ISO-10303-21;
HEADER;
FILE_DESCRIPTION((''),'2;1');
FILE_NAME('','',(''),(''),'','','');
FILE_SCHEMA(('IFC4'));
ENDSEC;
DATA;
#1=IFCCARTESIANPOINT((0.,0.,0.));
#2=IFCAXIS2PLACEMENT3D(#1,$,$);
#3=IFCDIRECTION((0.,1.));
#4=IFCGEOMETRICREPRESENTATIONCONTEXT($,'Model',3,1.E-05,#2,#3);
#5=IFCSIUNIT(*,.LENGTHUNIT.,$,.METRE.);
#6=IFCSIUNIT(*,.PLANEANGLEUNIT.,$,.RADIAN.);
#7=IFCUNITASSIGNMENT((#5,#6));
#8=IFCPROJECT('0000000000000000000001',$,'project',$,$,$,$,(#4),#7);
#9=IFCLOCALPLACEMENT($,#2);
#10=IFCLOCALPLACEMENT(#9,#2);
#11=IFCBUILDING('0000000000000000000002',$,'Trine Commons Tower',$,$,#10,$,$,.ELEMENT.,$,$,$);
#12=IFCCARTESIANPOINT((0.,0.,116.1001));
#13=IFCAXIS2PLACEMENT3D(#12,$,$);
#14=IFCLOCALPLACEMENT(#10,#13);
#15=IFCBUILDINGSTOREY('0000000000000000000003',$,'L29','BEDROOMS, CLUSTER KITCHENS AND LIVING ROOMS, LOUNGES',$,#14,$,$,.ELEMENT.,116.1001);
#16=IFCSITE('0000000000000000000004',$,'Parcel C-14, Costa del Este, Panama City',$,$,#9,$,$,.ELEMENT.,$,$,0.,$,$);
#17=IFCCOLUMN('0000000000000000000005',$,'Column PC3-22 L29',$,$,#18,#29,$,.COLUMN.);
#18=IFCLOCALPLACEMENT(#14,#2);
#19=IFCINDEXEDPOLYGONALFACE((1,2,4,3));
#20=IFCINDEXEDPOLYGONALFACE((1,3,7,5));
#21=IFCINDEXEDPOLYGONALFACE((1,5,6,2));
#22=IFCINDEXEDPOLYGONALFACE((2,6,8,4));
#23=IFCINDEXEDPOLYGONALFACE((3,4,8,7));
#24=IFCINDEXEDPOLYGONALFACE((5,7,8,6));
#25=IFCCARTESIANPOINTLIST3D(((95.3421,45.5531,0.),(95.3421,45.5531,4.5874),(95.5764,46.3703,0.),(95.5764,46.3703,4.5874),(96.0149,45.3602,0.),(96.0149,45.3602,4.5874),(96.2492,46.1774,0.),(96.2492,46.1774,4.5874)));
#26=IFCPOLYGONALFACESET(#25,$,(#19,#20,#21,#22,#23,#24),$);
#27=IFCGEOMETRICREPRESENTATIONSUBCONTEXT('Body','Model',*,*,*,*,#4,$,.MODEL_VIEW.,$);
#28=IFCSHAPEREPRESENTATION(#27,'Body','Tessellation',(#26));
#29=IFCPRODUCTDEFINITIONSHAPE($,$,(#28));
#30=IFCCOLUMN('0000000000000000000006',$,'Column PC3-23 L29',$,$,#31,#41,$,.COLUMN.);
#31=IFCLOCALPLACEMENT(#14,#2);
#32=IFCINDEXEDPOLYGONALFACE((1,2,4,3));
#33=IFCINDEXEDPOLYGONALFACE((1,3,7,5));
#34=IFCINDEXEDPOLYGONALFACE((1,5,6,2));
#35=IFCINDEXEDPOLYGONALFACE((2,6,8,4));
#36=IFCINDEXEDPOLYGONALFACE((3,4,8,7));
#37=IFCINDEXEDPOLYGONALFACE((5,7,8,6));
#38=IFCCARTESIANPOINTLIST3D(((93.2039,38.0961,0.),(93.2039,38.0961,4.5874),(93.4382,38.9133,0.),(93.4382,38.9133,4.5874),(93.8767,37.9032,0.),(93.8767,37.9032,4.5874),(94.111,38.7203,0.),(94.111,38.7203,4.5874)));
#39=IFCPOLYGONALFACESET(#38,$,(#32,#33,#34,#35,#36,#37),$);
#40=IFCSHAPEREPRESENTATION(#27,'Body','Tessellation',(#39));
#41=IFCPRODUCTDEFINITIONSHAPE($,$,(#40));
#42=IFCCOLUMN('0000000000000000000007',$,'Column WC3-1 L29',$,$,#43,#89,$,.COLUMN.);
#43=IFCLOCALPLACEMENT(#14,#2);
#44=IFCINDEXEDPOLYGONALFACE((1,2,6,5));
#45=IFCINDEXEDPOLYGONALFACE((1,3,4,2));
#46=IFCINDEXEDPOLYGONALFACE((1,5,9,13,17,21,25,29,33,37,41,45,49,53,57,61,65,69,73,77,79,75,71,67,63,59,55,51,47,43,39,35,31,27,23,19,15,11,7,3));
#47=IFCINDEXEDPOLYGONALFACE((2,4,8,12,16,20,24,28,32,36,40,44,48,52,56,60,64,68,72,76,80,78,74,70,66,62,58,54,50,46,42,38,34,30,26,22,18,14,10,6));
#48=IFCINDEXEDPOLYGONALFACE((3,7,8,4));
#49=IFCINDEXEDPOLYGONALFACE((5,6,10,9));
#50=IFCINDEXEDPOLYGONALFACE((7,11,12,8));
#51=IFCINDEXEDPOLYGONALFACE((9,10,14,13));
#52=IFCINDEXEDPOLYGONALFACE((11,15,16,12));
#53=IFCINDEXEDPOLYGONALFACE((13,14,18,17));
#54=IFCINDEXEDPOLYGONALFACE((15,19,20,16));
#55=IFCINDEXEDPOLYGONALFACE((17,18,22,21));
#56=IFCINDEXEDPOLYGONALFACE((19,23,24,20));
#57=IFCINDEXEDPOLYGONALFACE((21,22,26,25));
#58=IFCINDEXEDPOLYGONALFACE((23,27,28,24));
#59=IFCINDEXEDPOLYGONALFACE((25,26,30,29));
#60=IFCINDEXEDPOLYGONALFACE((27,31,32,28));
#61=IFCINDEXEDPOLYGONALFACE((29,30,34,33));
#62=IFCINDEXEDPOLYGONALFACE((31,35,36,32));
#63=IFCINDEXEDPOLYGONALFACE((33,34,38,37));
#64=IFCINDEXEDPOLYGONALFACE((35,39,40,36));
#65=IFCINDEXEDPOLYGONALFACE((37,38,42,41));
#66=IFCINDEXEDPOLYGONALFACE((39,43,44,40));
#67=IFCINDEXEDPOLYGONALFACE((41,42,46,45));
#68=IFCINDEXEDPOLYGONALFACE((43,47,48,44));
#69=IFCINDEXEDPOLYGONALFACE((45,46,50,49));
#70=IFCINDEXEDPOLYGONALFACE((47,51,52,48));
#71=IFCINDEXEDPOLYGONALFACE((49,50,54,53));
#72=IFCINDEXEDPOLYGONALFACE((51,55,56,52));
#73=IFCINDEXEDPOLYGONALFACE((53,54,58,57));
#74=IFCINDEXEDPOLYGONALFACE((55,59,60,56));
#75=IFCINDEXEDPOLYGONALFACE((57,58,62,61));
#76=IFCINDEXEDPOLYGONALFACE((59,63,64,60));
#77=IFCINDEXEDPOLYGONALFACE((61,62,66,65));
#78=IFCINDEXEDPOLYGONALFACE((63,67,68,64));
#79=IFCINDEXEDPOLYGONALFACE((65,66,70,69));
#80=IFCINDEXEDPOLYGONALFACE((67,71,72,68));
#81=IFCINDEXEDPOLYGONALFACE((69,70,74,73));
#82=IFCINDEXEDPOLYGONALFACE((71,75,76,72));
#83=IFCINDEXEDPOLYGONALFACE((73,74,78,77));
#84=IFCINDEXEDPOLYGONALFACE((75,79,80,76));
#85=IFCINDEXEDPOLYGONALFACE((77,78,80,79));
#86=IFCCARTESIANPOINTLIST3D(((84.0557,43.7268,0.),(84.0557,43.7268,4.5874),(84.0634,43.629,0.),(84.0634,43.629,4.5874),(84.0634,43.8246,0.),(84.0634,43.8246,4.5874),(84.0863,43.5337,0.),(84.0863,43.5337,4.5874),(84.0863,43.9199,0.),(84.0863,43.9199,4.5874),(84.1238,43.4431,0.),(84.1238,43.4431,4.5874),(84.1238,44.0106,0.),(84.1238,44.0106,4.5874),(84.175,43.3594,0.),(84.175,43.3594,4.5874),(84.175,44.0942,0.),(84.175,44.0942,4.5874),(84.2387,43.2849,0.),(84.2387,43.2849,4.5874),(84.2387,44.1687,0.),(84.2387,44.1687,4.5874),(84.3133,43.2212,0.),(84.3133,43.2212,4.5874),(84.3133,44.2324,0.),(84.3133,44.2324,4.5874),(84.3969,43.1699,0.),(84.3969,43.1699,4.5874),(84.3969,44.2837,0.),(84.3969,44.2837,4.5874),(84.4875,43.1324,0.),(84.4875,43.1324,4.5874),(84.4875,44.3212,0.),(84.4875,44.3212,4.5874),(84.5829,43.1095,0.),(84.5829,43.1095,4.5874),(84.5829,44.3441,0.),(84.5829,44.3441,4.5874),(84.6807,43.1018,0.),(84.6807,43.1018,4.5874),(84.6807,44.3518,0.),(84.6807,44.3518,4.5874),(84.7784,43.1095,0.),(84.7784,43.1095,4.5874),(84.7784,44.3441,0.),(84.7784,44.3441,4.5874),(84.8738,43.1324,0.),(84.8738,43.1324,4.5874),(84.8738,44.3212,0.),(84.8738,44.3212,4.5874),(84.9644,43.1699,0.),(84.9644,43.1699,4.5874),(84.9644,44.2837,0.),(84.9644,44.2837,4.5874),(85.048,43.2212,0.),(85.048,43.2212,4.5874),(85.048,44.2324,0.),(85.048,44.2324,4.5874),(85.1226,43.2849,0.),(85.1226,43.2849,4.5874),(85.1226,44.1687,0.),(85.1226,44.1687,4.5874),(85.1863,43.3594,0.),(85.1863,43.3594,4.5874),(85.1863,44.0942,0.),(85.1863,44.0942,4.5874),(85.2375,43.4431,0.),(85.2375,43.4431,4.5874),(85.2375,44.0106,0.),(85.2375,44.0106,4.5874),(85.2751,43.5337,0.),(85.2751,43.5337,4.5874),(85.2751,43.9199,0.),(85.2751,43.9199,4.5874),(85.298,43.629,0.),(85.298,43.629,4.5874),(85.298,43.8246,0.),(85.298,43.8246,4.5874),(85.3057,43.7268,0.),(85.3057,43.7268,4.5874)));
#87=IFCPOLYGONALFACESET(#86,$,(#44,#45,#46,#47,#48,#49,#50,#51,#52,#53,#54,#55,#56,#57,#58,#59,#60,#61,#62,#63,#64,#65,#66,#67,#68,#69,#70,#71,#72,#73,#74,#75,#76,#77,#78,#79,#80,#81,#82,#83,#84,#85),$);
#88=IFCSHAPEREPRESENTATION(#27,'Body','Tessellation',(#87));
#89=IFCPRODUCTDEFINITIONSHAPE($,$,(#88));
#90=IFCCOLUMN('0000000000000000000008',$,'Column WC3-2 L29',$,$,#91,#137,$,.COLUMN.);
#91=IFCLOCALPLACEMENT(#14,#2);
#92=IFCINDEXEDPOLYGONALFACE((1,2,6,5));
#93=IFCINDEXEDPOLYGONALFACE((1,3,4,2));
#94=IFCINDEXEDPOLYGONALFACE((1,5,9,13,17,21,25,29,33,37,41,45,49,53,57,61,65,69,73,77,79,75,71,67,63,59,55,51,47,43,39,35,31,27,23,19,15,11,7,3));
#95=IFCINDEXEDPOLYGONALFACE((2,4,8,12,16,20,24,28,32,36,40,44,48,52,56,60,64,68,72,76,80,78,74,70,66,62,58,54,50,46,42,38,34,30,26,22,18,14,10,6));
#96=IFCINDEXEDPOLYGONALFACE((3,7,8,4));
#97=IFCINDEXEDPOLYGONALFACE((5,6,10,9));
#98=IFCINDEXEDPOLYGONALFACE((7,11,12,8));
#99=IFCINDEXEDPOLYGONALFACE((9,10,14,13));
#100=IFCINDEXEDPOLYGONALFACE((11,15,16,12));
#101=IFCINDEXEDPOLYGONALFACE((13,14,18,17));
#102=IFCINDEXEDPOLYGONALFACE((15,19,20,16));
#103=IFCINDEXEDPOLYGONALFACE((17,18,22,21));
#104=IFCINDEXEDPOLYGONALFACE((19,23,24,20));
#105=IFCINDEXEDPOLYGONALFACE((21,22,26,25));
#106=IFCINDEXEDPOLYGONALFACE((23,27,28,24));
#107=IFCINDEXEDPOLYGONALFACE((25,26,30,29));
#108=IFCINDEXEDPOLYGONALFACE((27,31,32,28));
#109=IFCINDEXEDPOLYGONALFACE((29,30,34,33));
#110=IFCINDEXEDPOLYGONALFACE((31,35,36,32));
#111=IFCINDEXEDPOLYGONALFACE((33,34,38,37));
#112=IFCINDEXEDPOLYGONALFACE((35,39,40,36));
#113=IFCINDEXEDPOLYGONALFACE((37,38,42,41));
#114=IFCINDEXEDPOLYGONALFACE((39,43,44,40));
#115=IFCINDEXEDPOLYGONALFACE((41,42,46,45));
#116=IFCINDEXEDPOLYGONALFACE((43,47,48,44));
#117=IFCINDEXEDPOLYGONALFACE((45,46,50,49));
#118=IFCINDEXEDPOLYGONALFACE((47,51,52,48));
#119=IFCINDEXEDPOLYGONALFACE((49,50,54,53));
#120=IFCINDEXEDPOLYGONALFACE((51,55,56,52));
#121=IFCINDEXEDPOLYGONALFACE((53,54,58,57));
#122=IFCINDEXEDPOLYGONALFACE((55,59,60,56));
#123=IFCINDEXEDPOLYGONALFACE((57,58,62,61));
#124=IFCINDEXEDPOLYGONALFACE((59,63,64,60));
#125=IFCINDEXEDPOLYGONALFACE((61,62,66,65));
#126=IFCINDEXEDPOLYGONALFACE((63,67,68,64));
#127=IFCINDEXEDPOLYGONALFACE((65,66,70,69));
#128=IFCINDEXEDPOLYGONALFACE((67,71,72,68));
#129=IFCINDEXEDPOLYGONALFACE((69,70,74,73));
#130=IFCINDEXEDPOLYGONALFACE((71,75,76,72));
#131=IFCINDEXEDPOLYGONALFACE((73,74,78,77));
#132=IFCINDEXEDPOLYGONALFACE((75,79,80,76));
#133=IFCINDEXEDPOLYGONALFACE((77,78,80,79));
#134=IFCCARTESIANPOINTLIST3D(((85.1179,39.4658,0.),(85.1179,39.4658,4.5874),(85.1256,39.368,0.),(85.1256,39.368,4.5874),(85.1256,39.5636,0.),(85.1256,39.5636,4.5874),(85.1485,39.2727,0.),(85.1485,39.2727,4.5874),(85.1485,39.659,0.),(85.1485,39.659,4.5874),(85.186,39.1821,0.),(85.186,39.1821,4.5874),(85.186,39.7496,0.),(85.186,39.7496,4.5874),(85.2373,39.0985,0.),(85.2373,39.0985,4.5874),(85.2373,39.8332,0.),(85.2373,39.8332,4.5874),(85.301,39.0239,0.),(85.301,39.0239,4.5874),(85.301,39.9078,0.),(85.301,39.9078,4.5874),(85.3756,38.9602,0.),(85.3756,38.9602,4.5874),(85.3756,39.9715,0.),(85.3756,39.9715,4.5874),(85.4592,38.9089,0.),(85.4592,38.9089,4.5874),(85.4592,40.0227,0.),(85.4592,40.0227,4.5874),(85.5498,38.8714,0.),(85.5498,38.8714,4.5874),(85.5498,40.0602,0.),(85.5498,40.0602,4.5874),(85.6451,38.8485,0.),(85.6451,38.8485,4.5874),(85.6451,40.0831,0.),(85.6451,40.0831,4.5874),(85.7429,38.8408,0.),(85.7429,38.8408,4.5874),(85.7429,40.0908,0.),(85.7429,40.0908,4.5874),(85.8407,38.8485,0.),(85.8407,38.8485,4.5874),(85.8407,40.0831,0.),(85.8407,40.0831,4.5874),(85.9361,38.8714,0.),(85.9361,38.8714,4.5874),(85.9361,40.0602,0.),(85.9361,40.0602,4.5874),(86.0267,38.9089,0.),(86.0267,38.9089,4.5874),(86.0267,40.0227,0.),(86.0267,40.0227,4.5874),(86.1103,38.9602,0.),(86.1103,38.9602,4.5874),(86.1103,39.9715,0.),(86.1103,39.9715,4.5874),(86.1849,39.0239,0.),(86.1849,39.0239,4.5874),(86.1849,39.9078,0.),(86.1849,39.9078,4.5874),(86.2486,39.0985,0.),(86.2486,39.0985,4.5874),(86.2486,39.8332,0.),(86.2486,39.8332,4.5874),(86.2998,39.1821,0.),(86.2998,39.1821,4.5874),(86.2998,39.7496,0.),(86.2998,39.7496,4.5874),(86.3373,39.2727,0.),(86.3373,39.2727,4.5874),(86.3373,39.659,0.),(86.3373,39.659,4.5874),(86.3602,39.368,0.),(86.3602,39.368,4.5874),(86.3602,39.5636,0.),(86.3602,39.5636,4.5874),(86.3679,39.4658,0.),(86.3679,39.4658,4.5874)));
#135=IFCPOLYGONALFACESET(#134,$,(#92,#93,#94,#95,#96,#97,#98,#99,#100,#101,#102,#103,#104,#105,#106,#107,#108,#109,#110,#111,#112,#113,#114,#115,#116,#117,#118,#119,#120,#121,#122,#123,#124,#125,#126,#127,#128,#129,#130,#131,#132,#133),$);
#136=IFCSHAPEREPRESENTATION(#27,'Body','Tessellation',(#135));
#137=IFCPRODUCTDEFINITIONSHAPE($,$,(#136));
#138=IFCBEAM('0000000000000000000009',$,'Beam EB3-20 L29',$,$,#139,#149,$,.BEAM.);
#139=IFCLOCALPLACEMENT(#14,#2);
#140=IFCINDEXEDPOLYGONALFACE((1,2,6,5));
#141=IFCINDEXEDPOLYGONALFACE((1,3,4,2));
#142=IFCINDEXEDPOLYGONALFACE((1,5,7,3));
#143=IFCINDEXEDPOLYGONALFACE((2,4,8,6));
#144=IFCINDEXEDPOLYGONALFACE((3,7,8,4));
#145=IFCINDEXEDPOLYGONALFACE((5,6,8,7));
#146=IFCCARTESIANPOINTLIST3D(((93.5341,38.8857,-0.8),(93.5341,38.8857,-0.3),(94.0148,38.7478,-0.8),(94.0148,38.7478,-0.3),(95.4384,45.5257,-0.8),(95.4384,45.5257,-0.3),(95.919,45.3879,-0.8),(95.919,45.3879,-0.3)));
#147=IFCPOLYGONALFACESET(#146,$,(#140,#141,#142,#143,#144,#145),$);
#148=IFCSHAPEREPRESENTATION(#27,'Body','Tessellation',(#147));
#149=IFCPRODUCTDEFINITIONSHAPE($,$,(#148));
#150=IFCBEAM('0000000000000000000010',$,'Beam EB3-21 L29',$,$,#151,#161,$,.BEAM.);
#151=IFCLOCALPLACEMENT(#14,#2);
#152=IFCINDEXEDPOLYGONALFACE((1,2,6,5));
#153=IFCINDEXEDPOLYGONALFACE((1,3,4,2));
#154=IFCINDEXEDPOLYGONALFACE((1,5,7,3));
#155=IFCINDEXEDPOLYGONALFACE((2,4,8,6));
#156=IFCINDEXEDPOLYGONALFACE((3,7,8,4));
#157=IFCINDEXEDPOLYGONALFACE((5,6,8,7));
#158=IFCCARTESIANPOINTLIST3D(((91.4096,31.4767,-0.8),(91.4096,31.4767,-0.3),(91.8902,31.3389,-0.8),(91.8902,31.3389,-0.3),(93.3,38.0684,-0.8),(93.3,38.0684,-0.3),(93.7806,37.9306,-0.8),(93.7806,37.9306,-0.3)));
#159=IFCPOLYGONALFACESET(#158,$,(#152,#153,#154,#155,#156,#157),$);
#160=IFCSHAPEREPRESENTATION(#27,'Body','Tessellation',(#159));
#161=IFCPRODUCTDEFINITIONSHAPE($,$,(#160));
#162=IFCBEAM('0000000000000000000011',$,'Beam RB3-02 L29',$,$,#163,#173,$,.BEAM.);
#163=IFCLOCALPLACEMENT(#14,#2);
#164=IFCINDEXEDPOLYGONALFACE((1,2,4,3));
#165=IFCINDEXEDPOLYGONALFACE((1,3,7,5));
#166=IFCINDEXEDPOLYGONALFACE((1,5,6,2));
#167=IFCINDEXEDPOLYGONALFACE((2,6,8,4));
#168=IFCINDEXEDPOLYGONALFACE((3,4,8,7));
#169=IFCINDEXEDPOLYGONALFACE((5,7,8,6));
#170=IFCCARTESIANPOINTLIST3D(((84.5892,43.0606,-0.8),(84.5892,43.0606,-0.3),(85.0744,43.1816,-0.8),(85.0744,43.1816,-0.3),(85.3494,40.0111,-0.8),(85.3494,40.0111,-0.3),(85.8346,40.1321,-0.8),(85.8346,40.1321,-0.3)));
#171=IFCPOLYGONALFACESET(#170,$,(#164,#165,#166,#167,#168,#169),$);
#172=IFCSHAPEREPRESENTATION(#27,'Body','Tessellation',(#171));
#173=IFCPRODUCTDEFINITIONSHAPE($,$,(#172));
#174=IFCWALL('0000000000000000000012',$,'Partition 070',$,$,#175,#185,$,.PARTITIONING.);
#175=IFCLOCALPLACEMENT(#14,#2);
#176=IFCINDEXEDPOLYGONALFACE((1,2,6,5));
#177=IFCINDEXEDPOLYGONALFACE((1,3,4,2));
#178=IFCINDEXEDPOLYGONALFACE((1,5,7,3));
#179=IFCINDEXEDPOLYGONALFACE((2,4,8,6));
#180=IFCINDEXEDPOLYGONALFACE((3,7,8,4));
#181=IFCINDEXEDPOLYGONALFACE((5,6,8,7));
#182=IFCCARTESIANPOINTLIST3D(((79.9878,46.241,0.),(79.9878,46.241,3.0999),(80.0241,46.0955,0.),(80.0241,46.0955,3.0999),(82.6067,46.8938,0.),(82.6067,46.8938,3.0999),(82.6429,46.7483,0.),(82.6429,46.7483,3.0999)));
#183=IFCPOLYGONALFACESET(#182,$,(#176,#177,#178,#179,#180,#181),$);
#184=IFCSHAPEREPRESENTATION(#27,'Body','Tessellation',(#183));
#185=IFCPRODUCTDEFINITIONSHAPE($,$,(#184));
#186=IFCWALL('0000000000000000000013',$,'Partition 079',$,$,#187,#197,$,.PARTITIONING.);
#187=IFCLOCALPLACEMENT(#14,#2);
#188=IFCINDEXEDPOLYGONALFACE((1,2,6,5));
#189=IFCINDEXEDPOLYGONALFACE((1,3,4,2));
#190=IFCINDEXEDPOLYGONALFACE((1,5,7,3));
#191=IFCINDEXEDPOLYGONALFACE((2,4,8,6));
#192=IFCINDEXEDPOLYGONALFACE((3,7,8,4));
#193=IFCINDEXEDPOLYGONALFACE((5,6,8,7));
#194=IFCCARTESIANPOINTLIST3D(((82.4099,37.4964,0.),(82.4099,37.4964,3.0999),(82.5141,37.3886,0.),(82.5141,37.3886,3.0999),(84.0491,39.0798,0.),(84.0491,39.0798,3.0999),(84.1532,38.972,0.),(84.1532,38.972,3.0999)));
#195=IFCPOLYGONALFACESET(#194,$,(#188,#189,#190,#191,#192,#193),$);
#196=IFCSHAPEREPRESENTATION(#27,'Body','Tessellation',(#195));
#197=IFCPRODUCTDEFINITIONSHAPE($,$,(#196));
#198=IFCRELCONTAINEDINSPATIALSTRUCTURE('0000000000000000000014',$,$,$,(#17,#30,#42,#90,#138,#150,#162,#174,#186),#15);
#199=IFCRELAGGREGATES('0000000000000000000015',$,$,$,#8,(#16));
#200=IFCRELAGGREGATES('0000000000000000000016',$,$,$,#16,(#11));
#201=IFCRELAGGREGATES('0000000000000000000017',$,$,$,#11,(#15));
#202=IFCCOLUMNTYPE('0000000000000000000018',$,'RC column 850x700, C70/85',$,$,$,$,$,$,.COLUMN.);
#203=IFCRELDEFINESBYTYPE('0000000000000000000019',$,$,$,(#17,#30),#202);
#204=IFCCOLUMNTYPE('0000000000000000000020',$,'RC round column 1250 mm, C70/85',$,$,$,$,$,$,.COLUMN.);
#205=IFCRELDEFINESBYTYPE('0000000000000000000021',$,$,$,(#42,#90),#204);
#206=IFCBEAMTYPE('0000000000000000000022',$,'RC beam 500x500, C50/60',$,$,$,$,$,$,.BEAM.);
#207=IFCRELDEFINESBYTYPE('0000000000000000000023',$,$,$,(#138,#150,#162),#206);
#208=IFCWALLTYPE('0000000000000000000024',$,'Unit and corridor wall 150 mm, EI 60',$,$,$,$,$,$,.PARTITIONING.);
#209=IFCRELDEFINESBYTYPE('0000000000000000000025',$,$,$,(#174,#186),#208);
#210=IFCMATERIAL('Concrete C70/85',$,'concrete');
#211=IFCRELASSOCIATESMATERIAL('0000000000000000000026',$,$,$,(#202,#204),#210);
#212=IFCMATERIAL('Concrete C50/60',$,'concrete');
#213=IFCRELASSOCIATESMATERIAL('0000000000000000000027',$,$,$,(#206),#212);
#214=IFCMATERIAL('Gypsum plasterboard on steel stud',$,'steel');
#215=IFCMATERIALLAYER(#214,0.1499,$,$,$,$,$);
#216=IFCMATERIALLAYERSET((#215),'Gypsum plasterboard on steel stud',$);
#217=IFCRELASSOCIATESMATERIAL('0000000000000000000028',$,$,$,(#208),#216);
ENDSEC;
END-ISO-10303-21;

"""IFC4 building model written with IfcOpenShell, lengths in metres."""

from ifc_helpers import new_model, si_unit, direction, frame, frame_2d, origin, origin_2d, place, context, subcontext, project, spatial, rectangle, circle, extrude, material, layer, layer_set, material_profile, profile_set, type_object, element, save


model = new_model("IFC4")

# Units and contexts
model_context = context("Model", 3, precision=1e-05, world=origin(), true_north=direction((0.0, 1.0)))
body_context = subcontext(model_context, "Body", "Model", "MODEL_VIEW")
ifc_project = project(units=[si_unit("LENGTHUNIT", "METRE"), si_unit("PLANEANGLEUNIT", "RADIAN")], contexts=[model_context])

# Site, building, storey
site_placement = place(None, origin())
site = spatial("IfcSite", under=ifc_project, at=site_placement, Name="Parcel C-14, Costa del Este, Panama City", CompositionType="ELEMENT", RefElevation=0.0)
building_placement = place(site_placement, origin())
building = spatial("IfcBuilding", under=site, at=building_placement, Name="Trine Commons Tower", CompositionType="ELEMENT")
storey_placement = place(building_placement, frame((0.0, 0.0, 116.1001)))
storey = spatial("IfcBuildingStorey", under=building, at=storey_placement, Name="L29", Description="BEDROOMS, CLUSTER KITCHENS AND LIVING ROOMS, LOUNGES", CompositionType="ELEMENT", Elevation=116.1001)

# Columns
ifc_material_1 = material(Name="Concrete C70/85", Category="concrete")
ifc_material_profile_1 = material_profile(ifc_material_1, rectangle(XDim=0.8501, YDim=0.7, at=origin_2d()), Name="RC 850x700")
ifc_profile_set_1 = profile_set([ifc_material_profile_1], Name="Concrete C70/85")
column_type_1 = type_object("IfcColumnType", Name="RC column 850x700, C70/85", PredefinedType="COLUMN", material=ifc_profile_set_1)
for number, where, z_axis, x_axis, name in (
    (1, (95.7957, 45.8652, 0.0), (0.0, 0.0, 1.0), (0.275637, 0.961262, 0.0), "Column PC3-22 L29"),
    (2, (93.6575, 38.4082, 0.0), (0.0, 0.0, 1.0), (0.275637, 0.961262, 0.0), "Column PC3-23 L29"),
):
    element("IfcColumn", number, at=place(storey_placement, frame(where, z_axis=z_axis, x_axis=x_axis)), inside=storey, type_object=column_type_1, Name=name, PredefinedType="COLUMN", context=body_context, shape_type="SweptSolid", body=[
        extrude(rectangle(XDim=0.8501, YDim=0.7, at=origin_2d()), origin(), (0.0, 0.0, 1.0), 4.5874),
    ])
ifc_material_profile_2 = material_profile(ifc_material_1, circle(Radius=0.625, at=origin_2d()), Name="RC round 1250")
ifc_profile_set_2 = profile_set([ifc_material_profile_2], Name="Concrete C70/85")
column_type_2 = type_object("IfcColumnType", Name="RC round column 1250 mm, C70/85", PredefinedType="COLUMN", material=ifc_profile_set_2)
for number, where, z_axis, x_axis, name in (
    (3, (84.6807, 43.7268, 0.0), (0.0, 0.0, 1.0), (1.0, 0.0, 0.0), "Column WC3-1 L29"),
    (4, (85.7429, 39.4658, 0.0), (0.0, 0.0, 1.0), (1.0, 0.0, 0.0), "Column WC3-2 L29"),
):
    element("IfcColumn", number, at=place(storey_placement, frame(where, z_axis=z_axis, x_axis=x_axis)), inside=storey, type_object=column_type_2, Name=name, PredefinedType="COLUMN", context=body_context, shape_type="SweptSolid", body=[
        extrude(circle(Radius=0.625, at=origin_2d()), origin(), (0.0, 0.0, 1.0), 4.5874),
    ])

# Beams
ifc_material_2 = material(Name="Concrete C50/60", Category="concrete")
ifc_material_profile_3 = material_profile(ifc_material_2, rectangle(XDim=0.5, YDim=0.5, at=origin_2d()), Name="RC 500x500")
ifc_profile_set_3 = profile_set([ifc_material_profile_3], Name="Concrete C50/60")
beam_type = type_object("IfcBeamType", Name="RC beam 500x500, C50/60", PredefinedType="BEAM", material=ifc_profile_set_3)
beam_1_placement = place(storey_placement, frame((95.6787, 45.4568, -0.55), z_axis=(-0.275673, -0.961251, 0.0), x_axis=(0.961251, -0.275673, 0.0)))
element("IfcBeam", 5, at=beam_1_placement, inside=storey, type_object=beam_type, Name="Beam EB3-20 L29", PredefinedType="BEAM", context=body_context, shape_type="SweptSolid", body=[
    extrude(rectangle(XDim=0.5, YDim=0.5, at=origin_2d()), origin(), (0.0, 0.0, 1.0), 6.9077),
])
beam_2_placement = place(storey_placement, frame((93.5403, 37.9995, -0.55), z_axis=(-0.275666, -0.961253, 0.0), x_axis=(0.961253, -0.275666, 0.0)))
element("IfcBeam", 6, at=beam_2_placement, inside=storey, type_object=beam_type, Name="Beam EB3-21 L29", PredefinedType="BEAM", context=body_context, shape_type="SweptSolid", body=[
    extrude(rectangle(XDim=0.5, YDim=0.5, at=origin_2d()), origin(), (0.0, 0.0, 1.0), 6.8574),
])
beam_3_placement = place(storey_placement, frame((84.8318, 43.1211, -0.55), z_axis=(0.241896, -0.970302, 0.0), x_axis=(0.970302, 0.241896, 0.0)))
element("IfcBeam", 7, at=beam_3_placement, inside=storey, type_object=beam_type, Name="Beam RB3-02 L29", PredefinedType="BEAM", context=body_context, shape_type="SweptSolid", body=[
    extrude(rectangle(XDim=0.5, YDim=0.5, at=origin_2d()), origin(), (0.0, 0.0, 1.0), 3.1428),
])

# Walls
ifc_material_3 = material(Name="Gypsum plasterboard on steel stud", Category="steel")
ifc_layer_1 = layer(ifc_material_3, 0.1499)
ifc_layer_set_1 = layer_set([ifc_layer_1], Name="Gypsum plasterboard on steel stud")
wall_type_1 = type_object("IfcWallType", Name="Unit and corridor wall 150 mm, EI 60", PredefinedType="PARTITIONING", material=ifc_layer_set_1)
wall_1_placement = place(storey_placement, frame((80.0059, 46.1682, 0.0), z_axis=(0.0, 0.0, 1.0), x_axis=(0.970307, 0.241876, 0.0)))
element("IfcWall", 8, at=wall_1_placement, inside=storey, type_object=wall_type_1, Name="Partition 070", PredefinedType="PARTITIONING", context=body_context, shape_type="SweptSolid", body=[
    extrude(rectangle(XDim=2.699, YDim=0.1499, at=frame_2d((1.3496, 0.0))), origin(), (0.0, 0.0, 1.0), 3.0999),
])
wall_2_placement = place(storey_placement, frame((82.4619, 37.4424, 0.0), z_axis=(0.0, 0.0, 1.0), x_axis=(0.719213, 0.694789, 0.0)))
element("IfcWall", 9, at=wall_2_placement, inside=storey, type_object=wall_type_1, Name="Partition 079", PredefinedType="PARTITIONING", context=body_context, shape_type="SweptSolid", body=[
    extrude(rectangle(XDim=2.2791, YDim=0.1499, at=frame_2d((1.1396, 0.0))), origin(), (0.0, 0.0, 1.0), 3.0999),
])

save(model, "model.ifc")
